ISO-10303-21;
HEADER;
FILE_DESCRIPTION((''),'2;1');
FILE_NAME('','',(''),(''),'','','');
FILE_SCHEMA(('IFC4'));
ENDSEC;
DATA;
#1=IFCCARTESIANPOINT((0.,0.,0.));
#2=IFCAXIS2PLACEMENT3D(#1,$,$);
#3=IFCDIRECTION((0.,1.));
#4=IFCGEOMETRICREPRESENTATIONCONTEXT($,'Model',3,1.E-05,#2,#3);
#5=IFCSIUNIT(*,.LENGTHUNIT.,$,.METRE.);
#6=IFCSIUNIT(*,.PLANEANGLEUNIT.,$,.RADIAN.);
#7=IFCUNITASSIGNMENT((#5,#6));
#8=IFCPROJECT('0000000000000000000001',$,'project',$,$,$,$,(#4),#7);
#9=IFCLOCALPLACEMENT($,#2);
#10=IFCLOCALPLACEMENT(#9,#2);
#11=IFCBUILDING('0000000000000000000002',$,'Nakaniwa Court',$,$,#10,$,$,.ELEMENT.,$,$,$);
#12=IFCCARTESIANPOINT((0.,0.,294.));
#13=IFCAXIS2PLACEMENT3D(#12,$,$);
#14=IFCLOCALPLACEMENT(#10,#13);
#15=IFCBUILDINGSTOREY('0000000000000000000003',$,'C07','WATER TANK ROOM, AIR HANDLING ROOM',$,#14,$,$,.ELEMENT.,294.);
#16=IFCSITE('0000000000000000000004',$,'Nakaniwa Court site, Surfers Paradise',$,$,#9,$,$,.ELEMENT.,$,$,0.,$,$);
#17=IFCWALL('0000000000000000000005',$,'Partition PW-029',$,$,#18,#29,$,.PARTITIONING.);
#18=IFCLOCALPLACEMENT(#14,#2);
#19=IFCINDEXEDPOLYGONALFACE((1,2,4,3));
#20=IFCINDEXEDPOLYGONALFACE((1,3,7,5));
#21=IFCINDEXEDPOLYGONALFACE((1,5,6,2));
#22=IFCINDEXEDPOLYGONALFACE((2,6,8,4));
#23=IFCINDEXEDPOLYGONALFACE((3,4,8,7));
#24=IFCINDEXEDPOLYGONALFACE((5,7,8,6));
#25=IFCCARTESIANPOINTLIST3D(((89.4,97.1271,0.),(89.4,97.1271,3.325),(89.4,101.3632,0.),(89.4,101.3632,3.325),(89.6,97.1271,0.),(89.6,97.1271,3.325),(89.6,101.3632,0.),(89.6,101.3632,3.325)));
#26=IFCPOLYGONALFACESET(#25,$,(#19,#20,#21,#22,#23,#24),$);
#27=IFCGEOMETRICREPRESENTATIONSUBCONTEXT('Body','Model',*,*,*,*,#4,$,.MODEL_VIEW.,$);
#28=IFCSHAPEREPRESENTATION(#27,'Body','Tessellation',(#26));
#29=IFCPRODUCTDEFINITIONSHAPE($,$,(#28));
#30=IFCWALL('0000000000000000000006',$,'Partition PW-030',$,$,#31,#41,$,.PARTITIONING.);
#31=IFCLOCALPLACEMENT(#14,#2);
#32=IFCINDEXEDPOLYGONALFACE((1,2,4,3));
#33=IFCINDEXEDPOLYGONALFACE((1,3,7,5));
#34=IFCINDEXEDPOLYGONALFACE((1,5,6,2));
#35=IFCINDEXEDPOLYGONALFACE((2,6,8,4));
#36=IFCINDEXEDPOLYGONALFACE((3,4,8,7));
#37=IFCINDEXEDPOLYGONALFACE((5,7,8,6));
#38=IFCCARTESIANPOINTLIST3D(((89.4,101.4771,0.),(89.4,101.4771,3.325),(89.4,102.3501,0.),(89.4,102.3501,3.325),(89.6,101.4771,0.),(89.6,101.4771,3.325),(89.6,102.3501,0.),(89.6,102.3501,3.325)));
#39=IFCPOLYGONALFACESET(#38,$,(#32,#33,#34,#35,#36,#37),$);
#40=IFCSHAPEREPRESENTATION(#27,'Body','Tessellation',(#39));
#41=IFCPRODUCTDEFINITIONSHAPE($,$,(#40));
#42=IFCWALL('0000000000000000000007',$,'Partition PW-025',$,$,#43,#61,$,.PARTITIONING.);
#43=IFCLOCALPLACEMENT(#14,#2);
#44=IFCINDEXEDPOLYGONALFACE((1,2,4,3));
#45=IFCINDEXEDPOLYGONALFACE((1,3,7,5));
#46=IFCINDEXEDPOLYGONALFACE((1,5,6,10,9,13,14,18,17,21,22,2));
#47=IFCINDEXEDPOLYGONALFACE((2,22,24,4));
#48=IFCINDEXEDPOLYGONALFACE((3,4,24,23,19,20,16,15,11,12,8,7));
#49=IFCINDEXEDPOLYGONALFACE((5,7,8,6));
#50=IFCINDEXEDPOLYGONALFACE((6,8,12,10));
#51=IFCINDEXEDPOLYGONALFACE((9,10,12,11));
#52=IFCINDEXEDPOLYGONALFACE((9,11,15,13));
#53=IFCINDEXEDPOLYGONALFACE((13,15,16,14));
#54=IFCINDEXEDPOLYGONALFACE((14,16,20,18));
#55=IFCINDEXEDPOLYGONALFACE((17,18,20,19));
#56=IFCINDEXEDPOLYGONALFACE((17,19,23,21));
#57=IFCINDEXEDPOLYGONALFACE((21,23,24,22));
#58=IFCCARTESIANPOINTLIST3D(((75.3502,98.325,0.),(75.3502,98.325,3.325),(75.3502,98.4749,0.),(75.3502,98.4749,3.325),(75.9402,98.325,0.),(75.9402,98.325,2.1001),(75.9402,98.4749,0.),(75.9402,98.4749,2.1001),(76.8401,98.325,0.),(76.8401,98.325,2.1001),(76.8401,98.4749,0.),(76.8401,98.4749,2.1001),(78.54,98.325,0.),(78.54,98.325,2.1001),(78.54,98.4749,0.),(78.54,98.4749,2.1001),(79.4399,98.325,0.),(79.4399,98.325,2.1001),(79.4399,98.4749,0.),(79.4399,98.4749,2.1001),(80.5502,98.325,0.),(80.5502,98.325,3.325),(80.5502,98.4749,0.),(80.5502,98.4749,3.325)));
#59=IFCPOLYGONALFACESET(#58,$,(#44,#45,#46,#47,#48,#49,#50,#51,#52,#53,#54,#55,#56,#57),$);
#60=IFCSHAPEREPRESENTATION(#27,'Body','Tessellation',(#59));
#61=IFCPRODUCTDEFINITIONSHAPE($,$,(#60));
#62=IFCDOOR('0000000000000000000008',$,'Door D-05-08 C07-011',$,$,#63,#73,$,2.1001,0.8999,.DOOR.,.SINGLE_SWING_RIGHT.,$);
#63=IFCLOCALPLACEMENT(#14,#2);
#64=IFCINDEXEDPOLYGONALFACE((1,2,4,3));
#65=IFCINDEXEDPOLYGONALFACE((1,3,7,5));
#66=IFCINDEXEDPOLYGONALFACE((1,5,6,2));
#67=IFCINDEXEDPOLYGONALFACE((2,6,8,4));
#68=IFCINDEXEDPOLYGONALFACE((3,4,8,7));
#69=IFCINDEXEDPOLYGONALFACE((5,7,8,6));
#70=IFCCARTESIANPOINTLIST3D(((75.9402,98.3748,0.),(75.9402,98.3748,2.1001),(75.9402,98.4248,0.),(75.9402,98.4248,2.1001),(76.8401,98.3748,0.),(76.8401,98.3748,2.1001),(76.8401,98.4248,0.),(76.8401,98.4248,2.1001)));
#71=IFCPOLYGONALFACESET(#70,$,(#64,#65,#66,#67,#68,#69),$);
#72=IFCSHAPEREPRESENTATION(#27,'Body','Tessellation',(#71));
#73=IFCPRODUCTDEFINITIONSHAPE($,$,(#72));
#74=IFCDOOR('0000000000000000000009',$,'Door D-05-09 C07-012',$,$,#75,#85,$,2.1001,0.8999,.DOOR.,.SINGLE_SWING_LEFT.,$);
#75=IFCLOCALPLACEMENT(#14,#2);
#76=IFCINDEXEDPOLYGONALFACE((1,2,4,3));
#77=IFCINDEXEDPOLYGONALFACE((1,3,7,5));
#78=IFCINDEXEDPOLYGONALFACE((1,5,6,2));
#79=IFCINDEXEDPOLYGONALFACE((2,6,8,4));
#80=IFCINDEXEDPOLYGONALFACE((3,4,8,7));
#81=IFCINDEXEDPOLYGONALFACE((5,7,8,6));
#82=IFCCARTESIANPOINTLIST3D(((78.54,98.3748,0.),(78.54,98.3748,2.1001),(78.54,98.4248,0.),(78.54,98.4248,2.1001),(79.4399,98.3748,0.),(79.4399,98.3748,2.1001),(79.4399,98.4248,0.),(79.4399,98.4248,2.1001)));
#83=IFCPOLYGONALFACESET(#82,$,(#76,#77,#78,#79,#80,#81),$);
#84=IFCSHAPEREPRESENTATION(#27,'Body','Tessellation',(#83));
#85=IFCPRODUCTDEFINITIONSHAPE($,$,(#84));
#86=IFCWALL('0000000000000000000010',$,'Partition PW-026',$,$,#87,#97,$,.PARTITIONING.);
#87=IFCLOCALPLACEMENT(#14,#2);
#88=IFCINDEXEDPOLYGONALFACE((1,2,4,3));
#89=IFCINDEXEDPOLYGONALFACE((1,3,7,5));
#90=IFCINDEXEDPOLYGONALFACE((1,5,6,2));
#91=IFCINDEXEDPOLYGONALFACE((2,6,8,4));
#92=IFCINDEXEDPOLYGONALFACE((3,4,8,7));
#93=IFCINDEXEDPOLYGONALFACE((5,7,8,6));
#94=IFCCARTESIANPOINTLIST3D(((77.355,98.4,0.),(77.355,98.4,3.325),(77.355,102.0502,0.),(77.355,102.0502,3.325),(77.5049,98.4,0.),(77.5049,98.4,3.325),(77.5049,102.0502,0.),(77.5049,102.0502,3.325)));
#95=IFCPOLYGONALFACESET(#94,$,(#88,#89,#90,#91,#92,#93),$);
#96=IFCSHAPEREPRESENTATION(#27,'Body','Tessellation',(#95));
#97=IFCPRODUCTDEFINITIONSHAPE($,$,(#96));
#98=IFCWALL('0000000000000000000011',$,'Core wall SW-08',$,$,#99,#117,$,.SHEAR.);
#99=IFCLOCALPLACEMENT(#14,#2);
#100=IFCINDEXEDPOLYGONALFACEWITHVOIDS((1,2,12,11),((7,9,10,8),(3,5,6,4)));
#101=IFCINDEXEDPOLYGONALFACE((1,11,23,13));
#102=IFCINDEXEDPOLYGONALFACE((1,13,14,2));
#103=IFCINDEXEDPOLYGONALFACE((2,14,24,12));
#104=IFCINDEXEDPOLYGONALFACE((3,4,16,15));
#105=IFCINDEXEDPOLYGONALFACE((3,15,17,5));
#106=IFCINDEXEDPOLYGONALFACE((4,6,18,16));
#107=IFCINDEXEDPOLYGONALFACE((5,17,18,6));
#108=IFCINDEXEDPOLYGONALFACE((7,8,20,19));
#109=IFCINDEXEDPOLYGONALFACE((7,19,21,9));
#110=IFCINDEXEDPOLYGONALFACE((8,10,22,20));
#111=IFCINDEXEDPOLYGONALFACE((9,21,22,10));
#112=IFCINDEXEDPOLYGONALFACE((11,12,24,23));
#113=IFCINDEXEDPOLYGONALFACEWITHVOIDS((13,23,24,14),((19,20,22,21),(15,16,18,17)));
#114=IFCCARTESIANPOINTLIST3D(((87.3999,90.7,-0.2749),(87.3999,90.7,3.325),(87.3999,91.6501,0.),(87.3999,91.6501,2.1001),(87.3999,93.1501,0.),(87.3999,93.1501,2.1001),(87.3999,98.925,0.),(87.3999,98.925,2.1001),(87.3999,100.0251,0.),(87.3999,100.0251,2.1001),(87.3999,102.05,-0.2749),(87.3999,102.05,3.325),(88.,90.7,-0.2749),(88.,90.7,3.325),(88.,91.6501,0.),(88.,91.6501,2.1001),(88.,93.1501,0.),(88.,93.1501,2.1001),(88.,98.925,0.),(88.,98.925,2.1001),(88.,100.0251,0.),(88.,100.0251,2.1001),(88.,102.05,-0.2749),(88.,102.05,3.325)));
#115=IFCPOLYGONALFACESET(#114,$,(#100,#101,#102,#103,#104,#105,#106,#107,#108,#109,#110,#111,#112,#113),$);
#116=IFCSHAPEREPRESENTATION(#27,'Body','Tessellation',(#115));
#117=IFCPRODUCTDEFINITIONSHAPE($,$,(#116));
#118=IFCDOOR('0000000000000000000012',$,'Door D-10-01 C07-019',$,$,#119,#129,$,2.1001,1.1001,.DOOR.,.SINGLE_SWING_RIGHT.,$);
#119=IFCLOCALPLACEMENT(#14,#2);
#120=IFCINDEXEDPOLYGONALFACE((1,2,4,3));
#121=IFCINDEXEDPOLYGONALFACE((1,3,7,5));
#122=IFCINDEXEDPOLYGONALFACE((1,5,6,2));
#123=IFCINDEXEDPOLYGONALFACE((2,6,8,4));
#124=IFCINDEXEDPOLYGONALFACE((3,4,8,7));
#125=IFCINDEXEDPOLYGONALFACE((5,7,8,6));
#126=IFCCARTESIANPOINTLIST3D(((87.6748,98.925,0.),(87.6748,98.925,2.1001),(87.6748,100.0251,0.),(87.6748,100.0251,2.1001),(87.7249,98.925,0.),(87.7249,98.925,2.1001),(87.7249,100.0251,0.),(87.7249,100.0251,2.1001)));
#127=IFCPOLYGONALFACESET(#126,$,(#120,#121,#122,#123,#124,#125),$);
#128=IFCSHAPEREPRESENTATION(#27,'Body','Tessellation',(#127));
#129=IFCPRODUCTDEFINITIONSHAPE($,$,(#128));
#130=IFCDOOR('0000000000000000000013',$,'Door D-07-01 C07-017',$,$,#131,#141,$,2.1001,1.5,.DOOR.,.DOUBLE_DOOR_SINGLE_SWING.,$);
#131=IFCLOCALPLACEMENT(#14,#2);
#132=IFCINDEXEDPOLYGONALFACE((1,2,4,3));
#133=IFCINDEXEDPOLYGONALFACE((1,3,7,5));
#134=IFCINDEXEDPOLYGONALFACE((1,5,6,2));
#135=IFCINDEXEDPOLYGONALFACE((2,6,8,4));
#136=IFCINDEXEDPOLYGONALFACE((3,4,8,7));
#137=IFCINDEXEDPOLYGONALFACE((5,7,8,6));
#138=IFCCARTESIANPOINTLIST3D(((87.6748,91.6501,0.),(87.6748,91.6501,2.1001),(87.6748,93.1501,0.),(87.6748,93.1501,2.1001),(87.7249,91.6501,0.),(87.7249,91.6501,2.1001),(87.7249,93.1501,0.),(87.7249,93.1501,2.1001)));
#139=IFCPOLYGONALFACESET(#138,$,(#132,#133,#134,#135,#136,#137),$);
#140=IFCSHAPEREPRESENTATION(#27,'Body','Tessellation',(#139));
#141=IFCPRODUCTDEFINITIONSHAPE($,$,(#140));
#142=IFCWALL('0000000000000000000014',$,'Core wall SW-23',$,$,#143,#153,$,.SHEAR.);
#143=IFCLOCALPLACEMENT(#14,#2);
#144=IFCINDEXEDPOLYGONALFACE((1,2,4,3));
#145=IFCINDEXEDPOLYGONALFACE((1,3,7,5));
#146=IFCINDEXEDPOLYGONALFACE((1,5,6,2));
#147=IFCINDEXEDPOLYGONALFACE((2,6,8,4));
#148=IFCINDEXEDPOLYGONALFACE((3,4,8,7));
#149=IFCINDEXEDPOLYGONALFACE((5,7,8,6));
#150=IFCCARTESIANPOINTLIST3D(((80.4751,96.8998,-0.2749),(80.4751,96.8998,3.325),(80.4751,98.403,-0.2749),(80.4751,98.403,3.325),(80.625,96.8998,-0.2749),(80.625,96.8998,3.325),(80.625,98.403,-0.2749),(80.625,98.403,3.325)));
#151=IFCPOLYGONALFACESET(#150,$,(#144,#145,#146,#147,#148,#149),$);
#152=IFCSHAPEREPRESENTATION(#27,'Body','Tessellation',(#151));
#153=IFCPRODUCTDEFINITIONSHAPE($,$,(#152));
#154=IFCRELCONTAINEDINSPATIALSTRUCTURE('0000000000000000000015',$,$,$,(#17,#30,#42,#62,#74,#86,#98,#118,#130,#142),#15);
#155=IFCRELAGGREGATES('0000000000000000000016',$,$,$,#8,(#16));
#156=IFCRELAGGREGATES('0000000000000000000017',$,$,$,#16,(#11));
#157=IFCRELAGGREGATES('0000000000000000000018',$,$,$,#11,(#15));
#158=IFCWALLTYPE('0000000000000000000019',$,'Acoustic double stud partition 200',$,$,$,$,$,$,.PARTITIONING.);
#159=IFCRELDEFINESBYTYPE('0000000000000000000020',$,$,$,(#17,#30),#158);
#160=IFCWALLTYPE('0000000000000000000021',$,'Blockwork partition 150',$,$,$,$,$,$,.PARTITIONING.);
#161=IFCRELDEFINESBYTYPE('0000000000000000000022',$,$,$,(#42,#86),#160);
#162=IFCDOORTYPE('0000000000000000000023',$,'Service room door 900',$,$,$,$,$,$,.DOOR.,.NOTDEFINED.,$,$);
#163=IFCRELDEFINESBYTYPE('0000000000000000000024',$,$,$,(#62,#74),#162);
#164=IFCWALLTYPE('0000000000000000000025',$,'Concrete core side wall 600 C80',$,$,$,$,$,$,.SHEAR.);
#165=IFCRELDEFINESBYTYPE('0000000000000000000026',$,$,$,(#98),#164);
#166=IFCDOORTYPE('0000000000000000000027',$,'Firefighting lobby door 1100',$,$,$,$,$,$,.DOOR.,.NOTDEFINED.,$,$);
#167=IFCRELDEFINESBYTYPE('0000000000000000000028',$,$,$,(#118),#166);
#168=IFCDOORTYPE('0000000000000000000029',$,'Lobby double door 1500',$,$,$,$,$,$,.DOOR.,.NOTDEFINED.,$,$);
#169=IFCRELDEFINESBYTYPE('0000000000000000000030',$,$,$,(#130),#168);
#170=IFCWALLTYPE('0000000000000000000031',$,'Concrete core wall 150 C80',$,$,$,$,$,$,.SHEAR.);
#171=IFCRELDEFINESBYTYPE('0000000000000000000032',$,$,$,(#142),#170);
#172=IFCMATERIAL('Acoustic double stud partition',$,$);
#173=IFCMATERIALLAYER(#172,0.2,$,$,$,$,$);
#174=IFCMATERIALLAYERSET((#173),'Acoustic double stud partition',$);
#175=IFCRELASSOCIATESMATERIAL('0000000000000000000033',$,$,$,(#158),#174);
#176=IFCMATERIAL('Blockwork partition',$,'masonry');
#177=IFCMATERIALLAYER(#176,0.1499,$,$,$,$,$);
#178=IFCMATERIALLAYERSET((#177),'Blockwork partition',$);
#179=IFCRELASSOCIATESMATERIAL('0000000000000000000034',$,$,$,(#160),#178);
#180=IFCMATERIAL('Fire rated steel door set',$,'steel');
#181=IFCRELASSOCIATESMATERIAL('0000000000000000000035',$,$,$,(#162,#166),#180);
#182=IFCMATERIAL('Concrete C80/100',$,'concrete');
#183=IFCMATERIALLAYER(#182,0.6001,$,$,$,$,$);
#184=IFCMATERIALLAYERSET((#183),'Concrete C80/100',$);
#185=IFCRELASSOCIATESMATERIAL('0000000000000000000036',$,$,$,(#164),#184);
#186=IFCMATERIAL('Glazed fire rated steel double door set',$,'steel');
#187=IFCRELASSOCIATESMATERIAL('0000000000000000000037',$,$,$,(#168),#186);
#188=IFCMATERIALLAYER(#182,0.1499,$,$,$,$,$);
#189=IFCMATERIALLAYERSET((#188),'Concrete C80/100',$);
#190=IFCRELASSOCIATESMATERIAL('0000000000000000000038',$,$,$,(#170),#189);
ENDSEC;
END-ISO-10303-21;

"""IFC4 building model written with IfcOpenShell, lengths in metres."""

from ifc_helpers import new_model, si_unit, direction, frame, frame_2d, origin, place, context, subcontext, project, spatial, rectangle, extrude, material, layer, layer_set, type_object, element, fill, save


model = new_model("IFC4")

# Units and contexts
model_context = context("Model", 3, precision=1e-05, world=origin(), true_north=direction((0.0, 1.0)))
body_context = subcontext(model_context, "Body", "Model", "MODEL_VIEW")
ifc_project = project(units=[si_unit("LENGTHUNIT", "METRE"), si_unit("PLANEANGLEUNIT", "RADIAN")], contexts=[model_context])

# Site, building, storey
site_placement = place(None, origin())
site = spatial("IfcSite", under=ifc_project, at=site_placement, Name="Nakaniwa Court site, Surfers Paradise", CompositionType="ELEMENT", RefElevation=0.0)
building_placement = place(site_placement, origin())
building = spatial("IfcBuilding", under=site, at=building_placement, Name="Nakaniwa Court", CompositionType="ELEMENT")
storey_placement = place(building_placement, frame((0.0, 0.0, 294.0)))
storey = spatial("IfcBuildingStorey", under=building, at=storey_placement, Name="C07", Description="WATER TANK ROOM, AIR HANDLING ROOM", CompositionType="ELEMENT", Elevation=294.0)

# Walls
ifc_material_1 = material(Name="Acoustic double stud partition")
ifc_layer_1 = layer(ifc_material_1, 0.2)
ifc_layer_set_1 = layer_set([ifc_layer_1], Name="Acoustic double stud partition")
wall_type_1 = type_object("IfcWallType", Name="Acoustic double stud partition 200", PredefinedType="PARTITIONING", material=ifc_layer_set_1)
wall_1_placement = place(storey_placement, frame((89.5, 97.127, 0.0), z_axis=(0.0, 0.0, 1.0), x_axis=(0.0, 1.0, 0.0)))
element("IfcWall", 1, at=wall_1_placement, inside=storey, type_object=wall_type_1, Name="Partition PW-029", PredefinedType="PARTITIONING", context=body_context, shape_type="SweptSolid", body=[
    extrude(rectangle(XDim=4.2361, YDim=0.2, at=frame_2d((2.1182, 0.0))), origin(), (0.0, 0.0, 1.0), 3.325),
])
wall_2_placement = place(storey_placement, frame((89.5, 101.4771, 0.0), z_axis=(0.0, 0.0, 1.0), x_axis=(0.0, 1.0, 0.0)))
element("IfcWall", 2, at=wall_2_placement, inside=storey, type_object=wall_type_1, Name="Partition PW-030", PredefinedType="PARTITIONING", context=body_context, shape_type="SweptSolid", body=[
    extrude(rectangle(XDim=0.873, YDim=0.2, at=frame_2d((0.4365, 0.0))), origin(), (0.0, 0.0, 1.0), 3.325),
])

# Wall, openings, doors
ifc_material_2 = material(Name="Blockwork partition", Category="masonry")
ifc_layer_2 = layer(ifc_material_2, 0.1499)
ifc_layer_set_2 = layer_set([ifc_layer_2], Name="Blockwork partition")
wall_type_2 = type_object("IfcWallType", Name="Blockwork partition 150", PredefinedType="PARTITIONING", material=ifc_layer_set_2)
wall_3_placement = place(storey_placement, frame((75.3501, 98.3999, 0.0), z_axis=(0.0, 0.0, 1.0), x_axis=(1.0, 0.0, 0.0)))
wall_3 = element("IfcWall", 3, at=wall_3_placement, inside=storey, type_object=wall_type_2, Name="Partition PW-025", PredefinedType="PARTITIONING", context=body_context, shape_type="SweptSolid", body=[
    extrude(rectangle(XDim=5.2, YDim=0.1499, at=frame_2d((2.6001, 0.0))), origin(), (0.0, 0.0, 1.0), 3.325),
])
opening_1_placement = place(wall_3_placement, frame((0.5901, 0.0, 0.0)))
opening_1 = element("IfcOpeningElement", 4, at=opening_1_placement, cuts=wall_3, PredefinedType="OPENING", context=body_context, shape_type="SweptSolid", body=[
    extrude(rectangle(XDim=0.8999, YDim=2.1001, at=frame_2d((0.45, 1.05))), frame((0.0, 0.085, 0.0), z_axis=(0.0, -1.0, 0.0), x_axis=(1.0, 0.0, 0.0)), (0.0, 0.0, 1.0), 0.1699),
])
opening_2_placement = place(wall_3_placement, frame((3.1899, 0.0, 0.0)))
opening_2 = element("IfcOpeningElement", 5, at=opening_2_placement, cuts=wall_3, PredefinedType="OPENING", context=body_context, shape_type="SweptSolid", body=[
    extrude(rectangle(XDim=0.8999, YDim=2.1001, at=frame_2d((0.45, 1.05))), frame((0.0, 0.085, 0.0), z_axis=(0.0, -1.0, 0.0), x_axis=(1.0, 0.0, 0.0)), (0.0, 0.0, 1.0), 0.1699),
])
ifc_material_3 = material(Name="Fire rated steel door set", Category="steel")
door_type_1 = type_object("IfcDoorType", Name="Service room door 900", OperationType="NOTDEFINED", PredefinedType="DOOR", material=ifc_material_3)
door_1_placement = place(opening_1_placement, origin())
door_1 = element("IfcDoor", 6, at=door_1_placement, inside=storey, type_object=door_type_1, Name="Door D-05-08 C07-011", OperationType="SINGLE_SWING_RIGHT", OverallHeight=2.1001, OverallWidth=0.8999, PredefinedType="DOOR", context=body_context, shape_type="SweptSolid", body=[
    extrude(rectangle(XDim=0.8999, YDim=2.1001, at=frame_2d((0.45, 1.05))), frame((0.0, 0.0249, 0.0), z_axis=(0.0, -1.0, 0.0), x_axis=(1.0, 0.0, 0.0)), (0.0, 0.0, 1.0), 0.05),
])
fill(opening_1, door_1)
door_2_placement = place(opening_2_placement, origin())
door_2 = element("IfcDoor", 7, at=door_2_placement, inside=storey, type_object=door_type_1, Name="Door D-05-09 C07-012", OperationType="SINGLE_SWING_LEFT", OverallHeight=2.1001, OverallWidth=0.8999, PredefinedType="DOOR", context=body_context, shape_type="SweptSolid", body=[
    extrude(rectangle(XDim=0.8999, YDim=2.1001, at=frame_2d((0.45, 1.05))), frame((0.0, 0.0249, 0.0), z_axis=(0.0, -1.0, 0.0), x_axis=(1.0, 0.0, 0.0)), (0.0, 0.0, 1.0), 0.05),
])
fill(opening_2, door_2)

# Wall
wall_4_placement = place(storey_placement, frame((77.4299, 98.3999, 0.0), z_axis=(0.0, 0.0, 1.0), x_axis=(0.0, 1.0, 0.0)))
element("IfcWall", 8, at=wall_4_placement, inside=storey, type_object=wall_type_2, Name="Partition PW-026", PredefinedType="PARTITIONING", context=body_context, shape_type="SweptSolid", body=[
    extrude(rectangle(XDim=3.6501, YDim=0.1499, at=frame_2d((1.8252, 0.0))), origin(), (0.0, 0.0, 1.0), 3.325),
])

# Wall, openings, doors
ifc_material_4 = material(Name="Concrete C80/100", Category="concrete")
ifc_layer_3 = layer(ifc_material_4, 0.6001)
ifc_layer_set_3 = layer_set([ifc_layer_3], Name="Concrete C80/100")
wall_type_3 = type_object("IfcWallType", Name="Concrete core side wall 600 C80", PredefinedType="SHEAR", material=ifc_layer_set_3)
wall_5_placement = place(storey_placement, frame((87.7, 102.05, -0.2749), z_axis=(0.0, 0.0, 1.0), x_axis=(0.0, -1.0, 0.0)))
wall_5 = element("IfcWall", 9, at=wall_5_placement, inside=storey, type_object=wall_type_3, Name="Core wall SW-08", PredefinedType="SHEAR", context=body_context, shape_type="SweptSolid", body=[
    extrude(rectangle(XDim=11.3501, YDim=0.6001, at=frame_2d((5.675, 0.0))), origin(), (0.0, 0.0, 1.0), 3.5999),
])
opening_3_placement = place(wall_5_placement, frame((8.8999, 0.0, 0.2749)))
opening_3 = element("IfcOpeningElement", 10, at=opening_3_placement, cuts=wall_5, PredefinedType="OPENING", context=body_context, shape_type="SweptSolid", body=[
    extrude(rectangle(XDim=1.5, YDim=2.1001, at=frame_2d((0.75, 1.05))), frame((0.0, 0.3101, 0.0), z_axis=(0.0, -1.0, 0.0), x_axis=(1.0, 0.0, 0.0)), (0.0, 0.0, 1.0), 0.6201),
])
opening_4_placement = place(wall_5_placement, frame((2.0249, 0.0, 0.2749)))
opening_4 = element("IfcOpeningElement", 11, at=opening_4_placement, cuts=wall_5, PredefinedType="OPENING", context=body_context, shape_type="SweptSolid", body=[
    extrude(rectangle(XDim=1.1001, YDim=2.1001, at=frame_2d((0.55, 1.05))), frame((0.0, 0.3101, 0.0), z_axis=(0.0, -1.0, 0.0), x_axis=(1.0, 0.0, 0.0)), (0.0, 0.0, 1.0), 0.6201),
])
door_type_2 = type_object("IfcDoorType", Name="Firefighting lobby door 1100", OperationType="NOTDEFINED", PredefinedType="DOOR", material=ifc_material_3)
door_3_placement = place(opening_4_placement, origin())
door_3 = element("IfcDoor", 12, at=door_3_placement, inside=storey, type_object=door_type_2, Name="Door D-10-01 C07-019", OperationType="SINGLE_SWING_RIGHT", OverallHeight=2.1001, OverallWidth=1.1001, PredefinedType="DOOR", context=body_context, shape_type="SweptSolid", body=[
    extrude(rectangle(XDim=1.1001, YDim=2.1001, at=frame_2d((0.55, 1.05))), frame((0.0, 0.0249, 0.0), z_axis=(0.0, -1.0, 0.0), x_axis=(1.0, 0.0, 0.0)), (0.0, 0.0, 1.0), 0.05),
])
fill(opening_4, door_3)
ifc_material_5 = material(Name="Glazed fire rated steel double door set", Category="steel")
door_type_3 = type_object("IfcDoorType", Name="Lobby double door 1500", OperationType="NOTDEFINED", PredefinedType="DOOR", material=ifc_material_5)
door_4_placement = place(opening_3_placement, origin())
door_4 = element("IfcDoor", 13, at=door_4_placement, inside=storey, type_object=door_type_3, Name="Door D-07-01 C07-017", OperationType="DOUBLE_DOOR_SINGLE_SWING", OverallHeight=2.1001, OverallWidth=1.5, PredefinedType="DOOR", context=body_context, shape_type="SweptSolid", body=[
    extrude(rectangle(XDim=1.5, YDim=2.1001, at=frame_2d((0.75, 1.05))), frame((0.0, 0.0249, 0.0), z_axis=(0.0, -1.0, 0.0), x_axis=(1.0, 0.0, 0.0)), (0.0, 0.0, 1.0), 0.05),
])
fill(opening_3, door_4)

# Wall
ifc_layer_4 = layer(ifc_material_4, 0.1499)
ifc_layer_set_4 = layer_set([ifc_layer_4], Name="Concrete C80/100")
wall_type_4 = type_object("IfcWallType", Name="Concrete core wall 150 C80", PredefinedType="SHEAR", material=ifc_layer_set_4)
wall_6_placement = place(storey_placement, frame((80.55, 96.8999, -0.2749), z_axis=(0.0, 0.0, 1.0), x_axis=(0.0, 1.0, 0.0)))
element("IfcWall", 14, at=wall_6_placement, inside=storey, type_object=wall_type_4, Name="Core wall SW-23", PredefinedType="SHEAR", context=body_context, shape_type="SweptSolid", body=[
    extrude(rectangle(XDim=1.5032, YDim=0.1499, at=frame_2d((0.7515, 0.0))), origin(), (0.0, 0.0, 1.0), 3.5999),
])

save(model, "model.ifc")
